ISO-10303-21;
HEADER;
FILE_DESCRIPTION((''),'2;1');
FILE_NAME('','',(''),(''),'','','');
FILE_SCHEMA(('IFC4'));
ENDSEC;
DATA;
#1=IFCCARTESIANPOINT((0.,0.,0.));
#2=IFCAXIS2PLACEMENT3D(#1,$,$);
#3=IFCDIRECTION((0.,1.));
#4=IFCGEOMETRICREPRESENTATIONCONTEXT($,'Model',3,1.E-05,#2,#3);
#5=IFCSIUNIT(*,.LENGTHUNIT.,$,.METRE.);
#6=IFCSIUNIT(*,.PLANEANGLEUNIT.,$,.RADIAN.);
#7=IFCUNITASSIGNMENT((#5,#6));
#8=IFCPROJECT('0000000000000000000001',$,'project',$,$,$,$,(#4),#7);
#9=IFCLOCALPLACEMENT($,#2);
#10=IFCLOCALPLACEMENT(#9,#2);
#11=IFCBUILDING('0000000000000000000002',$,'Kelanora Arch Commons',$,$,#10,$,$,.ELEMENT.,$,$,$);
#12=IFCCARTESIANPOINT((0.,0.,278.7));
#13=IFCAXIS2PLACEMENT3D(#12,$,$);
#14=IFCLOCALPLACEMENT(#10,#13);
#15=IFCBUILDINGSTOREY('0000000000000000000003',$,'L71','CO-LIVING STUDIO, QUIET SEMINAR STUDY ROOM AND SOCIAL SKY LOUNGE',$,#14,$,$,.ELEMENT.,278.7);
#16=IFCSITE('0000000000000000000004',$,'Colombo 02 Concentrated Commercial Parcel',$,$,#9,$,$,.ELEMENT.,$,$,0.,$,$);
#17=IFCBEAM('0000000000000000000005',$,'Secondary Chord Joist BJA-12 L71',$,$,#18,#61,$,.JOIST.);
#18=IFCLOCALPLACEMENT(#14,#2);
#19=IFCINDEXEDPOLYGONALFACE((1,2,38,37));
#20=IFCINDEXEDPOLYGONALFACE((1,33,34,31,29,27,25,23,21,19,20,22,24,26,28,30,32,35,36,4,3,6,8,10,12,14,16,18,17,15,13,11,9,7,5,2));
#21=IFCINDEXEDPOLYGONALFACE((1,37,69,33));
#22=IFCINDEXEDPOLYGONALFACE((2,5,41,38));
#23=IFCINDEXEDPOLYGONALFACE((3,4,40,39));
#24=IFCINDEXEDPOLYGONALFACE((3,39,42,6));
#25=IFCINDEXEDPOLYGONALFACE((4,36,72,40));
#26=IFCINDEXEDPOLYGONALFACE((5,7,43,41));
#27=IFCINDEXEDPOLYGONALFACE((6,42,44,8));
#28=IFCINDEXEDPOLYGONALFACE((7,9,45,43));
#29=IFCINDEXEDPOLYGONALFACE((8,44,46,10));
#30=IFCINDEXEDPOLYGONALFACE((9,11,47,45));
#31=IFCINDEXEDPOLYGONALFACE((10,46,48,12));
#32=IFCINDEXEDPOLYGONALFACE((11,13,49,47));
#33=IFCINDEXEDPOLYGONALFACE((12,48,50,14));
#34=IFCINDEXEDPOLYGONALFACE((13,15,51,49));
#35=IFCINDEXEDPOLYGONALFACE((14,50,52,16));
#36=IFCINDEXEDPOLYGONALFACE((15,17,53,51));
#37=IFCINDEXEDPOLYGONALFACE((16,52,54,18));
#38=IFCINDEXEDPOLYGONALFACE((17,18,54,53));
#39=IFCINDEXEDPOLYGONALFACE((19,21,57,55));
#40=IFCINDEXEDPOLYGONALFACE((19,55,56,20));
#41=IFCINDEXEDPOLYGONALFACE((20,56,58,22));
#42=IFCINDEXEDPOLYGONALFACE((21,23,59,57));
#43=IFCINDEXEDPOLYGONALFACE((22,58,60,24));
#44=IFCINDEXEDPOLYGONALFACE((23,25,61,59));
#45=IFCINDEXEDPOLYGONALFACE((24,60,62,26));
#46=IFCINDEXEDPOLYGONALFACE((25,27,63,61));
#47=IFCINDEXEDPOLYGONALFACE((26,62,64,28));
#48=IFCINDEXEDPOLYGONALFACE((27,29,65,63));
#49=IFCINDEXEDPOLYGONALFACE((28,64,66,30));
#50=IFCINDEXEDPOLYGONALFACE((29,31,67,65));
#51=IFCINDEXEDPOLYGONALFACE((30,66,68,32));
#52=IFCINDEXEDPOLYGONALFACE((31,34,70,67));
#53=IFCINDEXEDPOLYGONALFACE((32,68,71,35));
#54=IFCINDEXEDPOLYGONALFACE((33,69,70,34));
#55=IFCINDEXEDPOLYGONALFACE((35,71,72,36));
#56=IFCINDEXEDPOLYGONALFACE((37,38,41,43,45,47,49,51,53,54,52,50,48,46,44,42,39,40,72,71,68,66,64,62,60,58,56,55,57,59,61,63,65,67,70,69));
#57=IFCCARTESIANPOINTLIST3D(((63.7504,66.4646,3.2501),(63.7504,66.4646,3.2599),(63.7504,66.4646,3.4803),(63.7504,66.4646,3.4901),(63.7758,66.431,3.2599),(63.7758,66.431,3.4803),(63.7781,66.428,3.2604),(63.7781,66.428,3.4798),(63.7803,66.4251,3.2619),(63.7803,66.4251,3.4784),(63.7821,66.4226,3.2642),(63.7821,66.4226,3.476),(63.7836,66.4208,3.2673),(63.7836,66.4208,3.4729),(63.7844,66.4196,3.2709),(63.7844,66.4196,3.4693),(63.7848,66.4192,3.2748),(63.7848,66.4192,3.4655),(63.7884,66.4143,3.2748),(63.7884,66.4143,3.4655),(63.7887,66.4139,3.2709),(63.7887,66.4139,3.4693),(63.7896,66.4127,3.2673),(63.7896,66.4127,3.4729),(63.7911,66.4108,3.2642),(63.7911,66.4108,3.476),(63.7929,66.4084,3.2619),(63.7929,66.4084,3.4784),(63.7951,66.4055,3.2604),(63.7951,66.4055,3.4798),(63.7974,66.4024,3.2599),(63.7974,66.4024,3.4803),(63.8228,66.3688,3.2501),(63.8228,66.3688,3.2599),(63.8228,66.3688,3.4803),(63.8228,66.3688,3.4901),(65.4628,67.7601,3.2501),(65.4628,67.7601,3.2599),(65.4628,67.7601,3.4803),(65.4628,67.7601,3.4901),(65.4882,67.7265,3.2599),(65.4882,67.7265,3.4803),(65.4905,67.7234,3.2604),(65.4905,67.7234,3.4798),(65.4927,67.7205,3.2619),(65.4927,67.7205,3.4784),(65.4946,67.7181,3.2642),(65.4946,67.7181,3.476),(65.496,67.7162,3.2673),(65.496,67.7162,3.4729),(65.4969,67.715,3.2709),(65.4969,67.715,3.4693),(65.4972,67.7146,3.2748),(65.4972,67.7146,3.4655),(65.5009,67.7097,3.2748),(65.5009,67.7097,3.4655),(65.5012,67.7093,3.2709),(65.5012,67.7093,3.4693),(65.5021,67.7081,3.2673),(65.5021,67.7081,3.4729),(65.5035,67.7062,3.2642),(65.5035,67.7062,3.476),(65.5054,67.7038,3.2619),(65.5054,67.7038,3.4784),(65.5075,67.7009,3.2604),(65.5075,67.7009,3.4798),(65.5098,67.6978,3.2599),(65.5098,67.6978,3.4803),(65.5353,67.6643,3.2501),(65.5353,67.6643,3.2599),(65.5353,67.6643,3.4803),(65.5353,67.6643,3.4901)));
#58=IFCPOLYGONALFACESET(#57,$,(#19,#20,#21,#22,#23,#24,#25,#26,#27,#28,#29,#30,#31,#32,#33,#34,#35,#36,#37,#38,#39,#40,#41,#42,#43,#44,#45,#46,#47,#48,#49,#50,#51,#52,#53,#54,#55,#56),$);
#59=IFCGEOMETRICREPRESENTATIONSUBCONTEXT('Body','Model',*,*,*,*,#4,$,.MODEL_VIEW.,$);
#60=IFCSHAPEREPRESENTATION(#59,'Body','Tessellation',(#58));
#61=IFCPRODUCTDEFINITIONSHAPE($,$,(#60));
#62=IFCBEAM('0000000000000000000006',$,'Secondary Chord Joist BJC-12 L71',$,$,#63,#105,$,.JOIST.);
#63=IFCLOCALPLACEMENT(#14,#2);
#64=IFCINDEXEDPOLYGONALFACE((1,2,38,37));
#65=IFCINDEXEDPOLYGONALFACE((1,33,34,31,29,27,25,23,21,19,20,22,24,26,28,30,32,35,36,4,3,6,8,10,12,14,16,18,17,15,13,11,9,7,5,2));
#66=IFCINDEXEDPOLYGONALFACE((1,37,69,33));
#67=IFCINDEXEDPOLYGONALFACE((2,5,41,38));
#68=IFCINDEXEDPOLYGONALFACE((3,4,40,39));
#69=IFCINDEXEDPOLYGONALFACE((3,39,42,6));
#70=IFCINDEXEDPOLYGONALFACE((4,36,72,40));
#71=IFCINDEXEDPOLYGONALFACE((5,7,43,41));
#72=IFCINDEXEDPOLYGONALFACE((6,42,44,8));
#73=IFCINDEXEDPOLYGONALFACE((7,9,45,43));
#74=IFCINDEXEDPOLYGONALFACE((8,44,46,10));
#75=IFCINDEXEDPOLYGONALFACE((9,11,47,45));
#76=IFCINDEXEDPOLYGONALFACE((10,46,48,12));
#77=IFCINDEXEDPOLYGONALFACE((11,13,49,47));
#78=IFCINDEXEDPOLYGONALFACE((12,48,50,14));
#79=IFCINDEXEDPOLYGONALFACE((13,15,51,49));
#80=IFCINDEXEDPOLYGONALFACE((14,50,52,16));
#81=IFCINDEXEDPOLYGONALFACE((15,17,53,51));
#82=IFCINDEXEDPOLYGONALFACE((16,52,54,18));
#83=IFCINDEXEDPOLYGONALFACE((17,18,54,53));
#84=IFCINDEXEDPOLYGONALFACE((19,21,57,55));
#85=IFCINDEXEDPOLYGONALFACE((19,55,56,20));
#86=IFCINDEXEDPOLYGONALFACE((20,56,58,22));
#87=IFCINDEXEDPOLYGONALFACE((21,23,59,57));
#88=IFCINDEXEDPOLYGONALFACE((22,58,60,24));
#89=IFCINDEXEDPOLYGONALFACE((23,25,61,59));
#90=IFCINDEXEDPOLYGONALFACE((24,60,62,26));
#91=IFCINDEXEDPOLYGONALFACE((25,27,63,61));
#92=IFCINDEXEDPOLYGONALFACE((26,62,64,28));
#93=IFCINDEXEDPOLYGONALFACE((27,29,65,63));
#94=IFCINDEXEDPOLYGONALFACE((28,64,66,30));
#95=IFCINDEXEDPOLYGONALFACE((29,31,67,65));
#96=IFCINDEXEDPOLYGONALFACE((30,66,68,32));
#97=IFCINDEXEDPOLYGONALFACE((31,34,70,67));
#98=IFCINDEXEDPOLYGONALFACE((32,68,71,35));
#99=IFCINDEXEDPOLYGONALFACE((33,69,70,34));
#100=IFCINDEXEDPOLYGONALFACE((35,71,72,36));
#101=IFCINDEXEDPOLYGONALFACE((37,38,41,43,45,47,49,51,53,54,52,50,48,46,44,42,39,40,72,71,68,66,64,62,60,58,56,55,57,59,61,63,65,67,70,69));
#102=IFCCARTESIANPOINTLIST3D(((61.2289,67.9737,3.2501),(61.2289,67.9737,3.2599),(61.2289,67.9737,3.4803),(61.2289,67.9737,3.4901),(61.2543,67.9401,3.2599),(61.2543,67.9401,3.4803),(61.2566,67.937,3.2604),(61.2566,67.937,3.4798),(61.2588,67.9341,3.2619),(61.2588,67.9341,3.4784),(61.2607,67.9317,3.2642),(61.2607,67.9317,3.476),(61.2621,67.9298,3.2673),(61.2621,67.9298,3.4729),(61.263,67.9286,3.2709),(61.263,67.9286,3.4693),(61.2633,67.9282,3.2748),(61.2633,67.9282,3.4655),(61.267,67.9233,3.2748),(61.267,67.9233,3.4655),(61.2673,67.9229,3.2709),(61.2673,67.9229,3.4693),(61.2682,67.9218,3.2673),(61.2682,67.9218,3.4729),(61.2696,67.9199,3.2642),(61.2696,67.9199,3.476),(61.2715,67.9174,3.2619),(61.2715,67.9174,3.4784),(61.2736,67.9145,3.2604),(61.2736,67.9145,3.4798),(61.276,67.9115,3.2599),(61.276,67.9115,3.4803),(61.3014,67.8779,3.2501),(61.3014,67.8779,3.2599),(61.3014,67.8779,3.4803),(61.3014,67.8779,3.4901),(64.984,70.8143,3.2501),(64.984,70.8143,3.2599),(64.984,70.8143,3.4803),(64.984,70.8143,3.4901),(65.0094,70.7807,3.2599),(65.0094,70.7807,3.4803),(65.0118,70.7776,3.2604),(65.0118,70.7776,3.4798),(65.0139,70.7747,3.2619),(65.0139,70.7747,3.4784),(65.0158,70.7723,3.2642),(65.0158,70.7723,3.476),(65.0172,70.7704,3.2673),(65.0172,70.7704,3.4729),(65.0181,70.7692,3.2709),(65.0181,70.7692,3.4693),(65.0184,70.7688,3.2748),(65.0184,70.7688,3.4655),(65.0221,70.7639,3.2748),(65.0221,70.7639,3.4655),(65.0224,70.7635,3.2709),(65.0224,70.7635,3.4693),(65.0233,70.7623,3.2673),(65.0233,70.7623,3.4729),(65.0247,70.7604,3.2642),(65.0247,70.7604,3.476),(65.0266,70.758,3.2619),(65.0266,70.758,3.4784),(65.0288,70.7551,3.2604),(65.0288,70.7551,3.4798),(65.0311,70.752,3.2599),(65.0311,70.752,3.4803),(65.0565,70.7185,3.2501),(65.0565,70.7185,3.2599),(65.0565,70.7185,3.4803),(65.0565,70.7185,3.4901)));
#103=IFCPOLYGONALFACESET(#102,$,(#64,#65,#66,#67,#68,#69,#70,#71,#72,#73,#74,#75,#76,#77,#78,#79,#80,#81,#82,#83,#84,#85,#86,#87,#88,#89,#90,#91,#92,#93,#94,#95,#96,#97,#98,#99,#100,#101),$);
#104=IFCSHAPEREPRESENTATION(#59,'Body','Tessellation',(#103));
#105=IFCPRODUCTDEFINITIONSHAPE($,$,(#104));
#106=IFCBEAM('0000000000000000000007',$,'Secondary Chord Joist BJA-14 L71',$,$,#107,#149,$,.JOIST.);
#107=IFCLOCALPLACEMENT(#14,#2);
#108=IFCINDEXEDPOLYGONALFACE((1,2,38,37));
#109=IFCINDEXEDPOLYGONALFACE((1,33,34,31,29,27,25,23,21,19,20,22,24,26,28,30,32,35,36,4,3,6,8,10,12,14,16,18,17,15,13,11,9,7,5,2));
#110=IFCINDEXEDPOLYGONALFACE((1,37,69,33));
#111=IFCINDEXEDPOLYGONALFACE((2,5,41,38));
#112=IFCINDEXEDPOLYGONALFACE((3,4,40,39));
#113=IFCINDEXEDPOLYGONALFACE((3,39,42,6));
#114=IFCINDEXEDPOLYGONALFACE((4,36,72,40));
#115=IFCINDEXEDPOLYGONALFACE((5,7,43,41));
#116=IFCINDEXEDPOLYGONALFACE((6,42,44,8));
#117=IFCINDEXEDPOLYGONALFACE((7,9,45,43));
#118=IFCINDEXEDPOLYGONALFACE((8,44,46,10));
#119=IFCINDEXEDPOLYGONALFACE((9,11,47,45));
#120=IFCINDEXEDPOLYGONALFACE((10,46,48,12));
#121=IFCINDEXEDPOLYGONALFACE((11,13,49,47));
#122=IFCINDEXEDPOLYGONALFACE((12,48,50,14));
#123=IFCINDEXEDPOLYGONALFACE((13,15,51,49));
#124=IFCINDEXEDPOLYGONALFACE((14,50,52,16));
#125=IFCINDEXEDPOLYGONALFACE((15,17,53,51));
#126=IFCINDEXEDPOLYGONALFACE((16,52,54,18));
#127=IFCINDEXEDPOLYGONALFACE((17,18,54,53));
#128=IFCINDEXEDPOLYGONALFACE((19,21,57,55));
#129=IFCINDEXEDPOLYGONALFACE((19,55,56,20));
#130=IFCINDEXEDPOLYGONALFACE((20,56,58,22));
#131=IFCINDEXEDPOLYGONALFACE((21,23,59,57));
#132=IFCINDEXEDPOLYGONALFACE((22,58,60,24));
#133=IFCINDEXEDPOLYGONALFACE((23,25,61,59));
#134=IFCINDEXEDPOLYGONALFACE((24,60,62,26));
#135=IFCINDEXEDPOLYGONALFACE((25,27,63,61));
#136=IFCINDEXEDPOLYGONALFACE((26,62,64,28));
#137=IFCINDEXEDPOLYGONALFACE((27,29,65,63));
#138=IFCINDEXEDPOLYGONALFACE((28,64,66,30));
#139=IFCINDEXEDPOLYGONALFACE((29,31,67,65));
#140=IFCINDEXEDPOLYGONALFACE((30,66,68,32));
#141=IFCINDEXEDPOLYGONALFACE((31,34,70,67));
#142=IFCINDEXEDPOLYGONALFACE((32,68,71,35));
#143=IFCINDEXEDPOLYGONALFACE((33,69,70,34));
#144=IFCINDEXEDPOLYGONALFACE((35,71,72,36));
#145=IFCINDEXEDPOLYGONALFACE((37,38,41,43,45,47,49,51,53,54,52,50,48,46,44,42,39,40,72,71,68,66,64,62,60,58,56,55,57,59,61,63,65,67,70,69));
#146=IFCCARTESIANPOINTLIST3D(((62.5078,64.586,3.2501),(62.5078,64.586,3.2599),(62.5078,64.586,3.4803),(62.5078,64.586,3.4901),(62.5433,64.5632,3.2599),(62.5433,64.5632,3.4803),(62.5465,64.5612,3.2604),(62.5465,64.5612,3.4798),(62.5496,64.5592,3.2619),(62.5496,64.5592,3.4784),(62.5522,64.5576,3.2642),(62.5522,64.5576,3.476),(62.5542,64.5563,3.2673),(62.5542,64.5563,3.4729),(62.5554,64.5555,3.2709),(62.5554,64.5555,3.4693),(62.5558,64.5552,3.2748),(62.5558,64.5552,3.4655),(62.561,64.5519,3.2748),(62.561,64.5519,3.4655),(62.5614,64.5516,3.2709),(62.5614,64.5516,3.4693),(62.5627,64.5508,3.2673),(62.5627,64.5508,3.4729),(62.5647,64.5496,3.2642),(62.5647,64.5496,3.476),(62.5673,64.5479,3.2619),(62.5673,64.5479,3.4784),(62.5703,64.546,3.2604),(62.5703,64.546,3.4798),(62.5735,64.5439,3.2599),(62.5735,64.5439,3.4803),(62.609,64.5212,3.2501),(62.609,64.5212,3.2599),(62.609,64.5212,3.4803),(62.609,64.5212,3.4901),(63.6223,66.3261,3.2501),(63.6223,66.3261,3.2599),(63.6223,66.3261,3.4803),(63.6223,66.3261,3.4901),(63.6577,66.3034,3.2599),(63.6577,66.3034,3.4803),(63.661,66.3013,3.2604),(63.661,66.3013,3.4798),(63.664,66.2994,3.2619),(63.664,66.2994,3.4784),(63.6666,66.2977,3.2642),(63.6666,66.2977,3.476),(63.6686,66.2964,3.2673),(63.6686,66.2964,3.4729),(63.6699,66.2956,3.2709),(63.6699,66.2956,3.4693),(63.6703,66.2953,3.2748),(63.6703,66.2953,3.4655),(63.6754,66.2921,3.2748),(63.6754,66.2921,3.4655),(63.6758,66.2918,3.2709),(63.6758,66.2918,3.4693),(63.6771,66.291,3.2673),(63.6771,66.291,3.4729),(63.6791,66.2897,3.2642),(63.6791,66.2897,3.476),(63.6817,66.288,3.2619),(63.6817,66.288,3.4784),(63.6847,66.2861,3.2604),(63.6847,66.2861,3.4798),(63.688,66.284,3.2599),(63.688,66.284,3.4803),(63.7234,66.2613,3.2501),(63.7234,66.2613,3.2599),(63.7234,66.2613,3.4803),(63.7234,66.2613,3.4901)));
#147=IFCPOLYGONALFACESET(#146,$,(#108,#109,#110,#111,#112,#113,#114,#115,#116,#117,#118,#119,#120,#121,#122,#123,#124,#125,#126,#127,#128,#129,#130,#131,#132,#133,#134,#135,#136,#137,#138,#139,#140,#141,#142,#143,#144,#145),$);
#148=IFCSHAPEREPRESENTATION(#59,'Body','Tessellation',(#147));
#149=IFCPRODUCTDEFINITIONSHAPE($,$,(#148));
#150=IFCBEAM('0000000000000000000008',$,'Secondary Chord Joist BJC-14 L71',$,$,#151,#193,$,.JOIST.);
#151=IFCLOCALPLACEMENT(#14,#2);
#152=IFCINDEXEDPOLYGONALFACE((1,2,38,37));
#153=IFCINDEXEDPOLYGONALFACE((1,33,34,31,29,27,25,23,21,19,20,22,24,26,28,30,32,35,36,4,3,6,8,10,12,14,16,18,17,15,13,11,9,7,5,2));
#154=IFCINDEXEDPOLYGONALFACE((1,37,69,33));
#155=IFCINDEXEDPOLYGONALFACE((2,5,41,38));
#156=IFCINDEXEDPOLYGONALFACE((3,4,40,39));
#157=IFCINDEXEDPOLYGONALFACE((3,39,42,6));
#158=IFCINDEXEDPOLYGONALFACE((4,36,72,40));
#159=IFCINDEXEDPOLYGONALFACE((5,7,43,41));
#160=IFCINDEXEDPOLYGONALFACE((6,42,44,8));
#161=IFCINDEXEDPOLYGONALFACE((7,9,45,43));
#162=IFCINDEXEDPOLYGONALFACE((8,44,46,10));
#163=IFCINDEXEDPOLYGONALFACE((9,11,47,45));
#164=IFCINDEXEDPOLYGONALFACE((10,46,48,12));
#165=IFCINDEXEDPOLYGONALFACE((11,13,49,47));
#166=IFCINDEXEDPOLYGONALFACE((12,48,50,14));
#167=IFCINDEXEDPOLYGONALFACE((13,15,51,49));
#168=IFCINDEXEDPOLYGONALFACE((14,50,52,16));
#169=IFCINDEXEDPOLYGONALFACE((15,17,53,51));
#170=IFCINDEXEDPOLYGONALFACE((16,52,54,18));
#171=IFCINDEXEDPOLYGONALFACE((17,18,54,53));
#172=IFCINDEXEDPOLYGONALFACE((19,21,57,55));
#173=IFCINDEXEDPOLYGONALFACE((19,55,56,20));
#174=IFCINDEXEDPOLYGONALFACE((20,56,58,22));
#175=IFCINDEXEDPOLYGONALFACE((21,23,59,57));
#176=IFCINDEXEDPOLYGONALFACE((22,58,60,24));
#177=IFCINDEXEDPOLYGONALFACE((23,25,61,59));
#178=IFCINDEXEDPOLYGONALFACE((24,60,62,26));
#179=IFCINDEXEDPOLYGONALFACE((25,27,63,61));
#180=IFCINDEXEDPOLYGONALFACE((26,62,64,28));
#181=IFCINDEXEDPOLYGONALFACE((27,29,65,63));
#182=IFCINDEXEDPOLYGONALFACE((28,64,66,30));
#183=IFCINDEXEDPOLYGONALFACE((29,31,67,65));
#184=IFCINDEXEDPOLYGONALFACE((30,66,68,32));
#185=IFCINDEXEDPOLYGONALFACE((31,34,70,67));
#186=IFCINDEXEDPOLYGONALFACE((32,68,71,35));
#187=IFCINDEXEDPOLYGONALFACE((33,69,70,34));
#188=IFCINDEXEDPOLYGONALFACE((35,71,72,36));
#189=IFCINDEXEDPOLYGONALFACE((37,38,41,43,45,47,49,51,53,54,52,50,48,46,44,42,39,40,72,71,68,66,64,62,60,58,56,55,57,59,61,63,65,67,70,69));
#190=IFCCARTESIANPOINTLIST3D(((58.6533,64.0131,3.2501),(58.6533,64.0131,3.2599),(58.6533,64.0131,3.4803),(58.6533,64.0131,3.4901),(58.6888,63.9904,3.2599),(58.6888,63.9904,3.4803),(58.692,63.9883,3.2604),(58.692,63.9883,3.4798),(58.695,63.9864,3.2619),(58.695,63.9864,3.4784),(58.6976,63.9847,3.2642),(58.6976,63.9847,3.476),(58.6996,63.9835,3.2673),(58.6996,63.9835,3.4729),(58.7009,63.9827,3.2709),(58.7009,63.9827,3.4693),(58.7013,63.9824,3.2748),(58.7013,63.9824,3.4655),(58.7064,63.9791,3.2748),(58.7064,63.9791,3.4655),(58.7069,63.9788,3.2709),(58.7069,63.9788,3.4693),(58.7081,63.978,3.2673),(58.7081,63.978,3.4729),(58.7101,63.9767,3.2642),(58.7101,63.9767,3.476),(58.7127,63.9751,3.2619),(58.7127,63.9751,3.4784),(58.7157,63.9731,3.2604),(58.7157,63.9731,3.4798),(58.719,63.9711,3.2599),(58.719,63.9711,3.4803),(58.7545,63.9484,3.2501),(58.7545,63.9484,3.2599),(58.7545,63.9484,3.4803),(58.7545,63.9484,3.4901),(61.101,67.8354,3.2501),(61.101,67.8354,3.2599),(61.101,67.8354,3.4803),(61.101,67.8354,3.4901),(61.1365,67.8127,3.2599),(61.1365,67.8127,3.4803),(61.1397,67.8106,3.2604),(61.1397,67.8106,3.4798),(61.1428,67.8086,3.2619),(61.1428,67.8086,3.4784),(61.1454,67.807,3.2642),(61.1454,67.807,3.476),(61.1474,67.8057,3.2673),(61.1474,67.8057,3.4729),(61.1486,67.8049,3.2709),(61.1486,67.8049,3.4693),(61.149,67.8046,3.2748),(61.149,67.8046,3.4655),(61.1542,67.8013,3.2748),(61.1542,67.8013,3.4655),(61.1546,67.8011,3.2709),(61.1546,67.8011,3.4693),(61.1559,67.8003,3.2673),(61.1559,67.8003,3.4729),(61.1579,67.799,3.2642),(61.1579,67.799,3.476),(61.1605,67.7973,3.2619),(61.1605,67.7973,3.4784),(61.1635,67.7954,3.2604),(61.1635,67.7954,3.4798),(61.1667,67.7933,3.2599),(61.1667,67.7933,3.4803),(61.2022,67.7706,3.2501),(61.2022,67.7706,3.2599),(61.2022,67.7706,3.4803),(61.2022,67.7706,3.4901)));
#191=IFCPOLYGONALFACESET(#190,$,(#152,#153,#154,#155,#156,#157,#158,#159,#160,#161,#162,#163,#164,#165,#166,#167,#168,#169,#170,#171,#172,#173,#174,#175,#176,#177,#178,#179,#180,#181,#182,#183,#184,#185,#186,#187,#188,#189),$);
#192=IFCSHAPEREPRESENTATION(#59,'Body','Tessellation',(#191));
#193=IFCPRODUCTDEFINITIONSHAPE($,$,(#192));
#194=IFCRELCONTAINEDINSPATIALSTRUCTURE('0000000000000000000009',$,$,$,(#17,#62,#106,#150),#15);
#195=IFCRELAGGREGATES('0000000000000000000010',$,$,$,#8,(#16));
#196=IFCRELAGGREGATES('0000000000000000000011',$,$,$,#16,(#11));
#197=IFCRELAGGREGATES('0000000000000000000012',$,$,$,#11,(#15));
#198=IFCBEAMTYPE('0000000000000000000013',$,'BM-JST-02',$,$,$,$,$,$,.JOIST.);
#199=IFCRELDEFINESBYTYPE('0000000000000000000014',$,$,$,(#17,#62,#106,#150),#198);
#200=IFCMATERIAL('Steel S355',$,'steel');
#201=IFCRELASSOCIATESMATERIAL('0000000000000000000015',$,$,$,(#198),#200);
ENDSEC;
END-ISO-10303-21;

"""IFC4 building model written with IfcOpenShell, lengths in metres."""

from ifc_helpers import new_model, si_unit, direction, frame, origin, origin_2d, place, context, subcontext, project, spatial, i_section, extrude, material, material_profile, profile_set, type_object, element, save


model = new_model("IFC4")

# Units and contexts
model_context = context("Model", 3, precision=1e-05, world=origin(), true_north=direction((0.0, 1.0)))
body_context = subcontext(model_context, "Body", "Model", "MODEL_VIEW")
ifc_project = project(units=[si_unit("LENGTHUNIT", "METRE"), si_unit("PLANEANGLEUNIT", "RADIAN")], contexts=[model_context])

# Site, building, storey
site_placement = place(None, origin())
site = spatial("IfcSite", under=ifc_project, at=site_placement, Name="Colombo 02 Concentrated Commercial Parcel", CompositionType="ELEMENT", RefElevation=0.0)
building_placement = place(site_placement, origin())
building = spatial("IfcBuilding", under=site, at=building_placement, Name="Kelanora Arch Commons", CompositionType="ELEMENT")
storey_placement = place(building_placement, frame((0.0, 0.0, 278.7)))
storey = spatial("IfcBuildingStorey", under=building, at=storey_placement, Name="L71", Description="CO-LIVING STUDIO, QUIET SEMINAR STUDY ROOM AND SOCIAL SKY LOUNGE", CompositionType="ELEMENT", Elevation=278.7)

# Beams
ifc_material_1 = material(Name="Steel S355", Category="steel")
ifc_material_profile_1 = material_profile(ifc_material_1, i_section(OverallWidth=0.1201, OverallDepth=0.24, WebThickness=0.0061, FlangeThickness=0.0098, FilletRadius=0.0149, at=origin_2d()), Name="IPE240")
ifc_profile_set_1 = profile_set([ifc_material_profile_1], Name="Steel S355")
beam_type_1 = type_object("IfcBeamType", Name="BM-JST-02", PredefinedType="JOIST", material=ifc_profile_set_1)
beam_1_placement = place(storey_placement, frame((65.499, 67.7122, 3.3701), z_axis=(-0.79751, -0.603306, 0.0), x_axis=(0.603306, -0.79751, 0.0)))
element("IfcBeam", 1, at=beam_1_placement, inside=storey, type_object=beam_type_1, Name="Secondary Chord Joist BJA-12 L71", PredefinedType="JOIST", context=body_context, shape_type="SweptSolid", body=[
    extrude(i_section(OverallWidth=0.1201, OverallDepth=0.24, WebThickness=0.0061, FlangeThickness=0.0098, FilletRadius=0.0149, at=origin_2d()), origin(), (0.0, 0.0, 1.0), 2.1472),
])
beam_2_placement = place(storey_placement, frame((65.0203, 70.7664, 3.3701), z_axis=(-0.797523, -0.603289, 0.0), x_axis=(0.603289, -0.797523, 0.0)))
element("IfcBeam", 2, at=beam_2_placement, inside=storey, type_object=beam_type_1, Name="Secondary Chord Joist BJC-12 L71", PredefinedType="JOIST", context=body_context, shape_type="SweptSolid", body=[
    extrude(i_section(OverallWidth=0.1201, OverallDepth=0.24, WebThickness=0.0061, FlangeThickness=0.0098, FilletRadius=0.0149, at=origin_2d()), origin(), (0.0, 0.0, 1.0), 4.7085),
])
beam_3_placement = place(storey_placement, frame((63.6729, 66.2937, 3.3701), z_axis=(-0.539312, -0.842106, 0.0), x_axis=(0.842106, -0.539312, 0.0)))
element("IfcBeam", 3, at=beam_3_placement, inside=storey, type_object=beam_type_1, Name="Secondary Chord Joist BJA-14 L71", PredefinedType="JOIST", context=body_context, shape_type="SweptSolid", body=[
    extrude(i_section(OverallWidth=0.1201, OverallDepth=0.24, WebThickness=0.0061, FlangeThickness=0.0098, FilletRadius=0.0149, at=origin_2d()), origin(), (0.0, 0.0, 1.0), 2.0664),
])
beam_4_placement = place(storey_placement, frame((61.1516, 67.803, 3.3701), z_axis=(-0.539289, -0.842121, 0.0), x_axis=(0.842121, -0.539289, 0.0)))
element("IfcBeam", 4, at=beam_4_placement, inside=storey, type_object=beam_type_1, Name="Secondary Chord Joist BJC-14 L71", PredefinedType="JOIST", context=body_context, shape_type="SweptSolid", body=[
    extrude(i_section(OverallWidth=0.1201, OverallDepth=0.24, WebThickness=0.0061, FlangeThickness=0.0098, FilletRadius=0.0149, at=origin_2d()), origin(), (0.0, 0.0, 1.0), 4.5388),
])

save(model, "model.ifc")
